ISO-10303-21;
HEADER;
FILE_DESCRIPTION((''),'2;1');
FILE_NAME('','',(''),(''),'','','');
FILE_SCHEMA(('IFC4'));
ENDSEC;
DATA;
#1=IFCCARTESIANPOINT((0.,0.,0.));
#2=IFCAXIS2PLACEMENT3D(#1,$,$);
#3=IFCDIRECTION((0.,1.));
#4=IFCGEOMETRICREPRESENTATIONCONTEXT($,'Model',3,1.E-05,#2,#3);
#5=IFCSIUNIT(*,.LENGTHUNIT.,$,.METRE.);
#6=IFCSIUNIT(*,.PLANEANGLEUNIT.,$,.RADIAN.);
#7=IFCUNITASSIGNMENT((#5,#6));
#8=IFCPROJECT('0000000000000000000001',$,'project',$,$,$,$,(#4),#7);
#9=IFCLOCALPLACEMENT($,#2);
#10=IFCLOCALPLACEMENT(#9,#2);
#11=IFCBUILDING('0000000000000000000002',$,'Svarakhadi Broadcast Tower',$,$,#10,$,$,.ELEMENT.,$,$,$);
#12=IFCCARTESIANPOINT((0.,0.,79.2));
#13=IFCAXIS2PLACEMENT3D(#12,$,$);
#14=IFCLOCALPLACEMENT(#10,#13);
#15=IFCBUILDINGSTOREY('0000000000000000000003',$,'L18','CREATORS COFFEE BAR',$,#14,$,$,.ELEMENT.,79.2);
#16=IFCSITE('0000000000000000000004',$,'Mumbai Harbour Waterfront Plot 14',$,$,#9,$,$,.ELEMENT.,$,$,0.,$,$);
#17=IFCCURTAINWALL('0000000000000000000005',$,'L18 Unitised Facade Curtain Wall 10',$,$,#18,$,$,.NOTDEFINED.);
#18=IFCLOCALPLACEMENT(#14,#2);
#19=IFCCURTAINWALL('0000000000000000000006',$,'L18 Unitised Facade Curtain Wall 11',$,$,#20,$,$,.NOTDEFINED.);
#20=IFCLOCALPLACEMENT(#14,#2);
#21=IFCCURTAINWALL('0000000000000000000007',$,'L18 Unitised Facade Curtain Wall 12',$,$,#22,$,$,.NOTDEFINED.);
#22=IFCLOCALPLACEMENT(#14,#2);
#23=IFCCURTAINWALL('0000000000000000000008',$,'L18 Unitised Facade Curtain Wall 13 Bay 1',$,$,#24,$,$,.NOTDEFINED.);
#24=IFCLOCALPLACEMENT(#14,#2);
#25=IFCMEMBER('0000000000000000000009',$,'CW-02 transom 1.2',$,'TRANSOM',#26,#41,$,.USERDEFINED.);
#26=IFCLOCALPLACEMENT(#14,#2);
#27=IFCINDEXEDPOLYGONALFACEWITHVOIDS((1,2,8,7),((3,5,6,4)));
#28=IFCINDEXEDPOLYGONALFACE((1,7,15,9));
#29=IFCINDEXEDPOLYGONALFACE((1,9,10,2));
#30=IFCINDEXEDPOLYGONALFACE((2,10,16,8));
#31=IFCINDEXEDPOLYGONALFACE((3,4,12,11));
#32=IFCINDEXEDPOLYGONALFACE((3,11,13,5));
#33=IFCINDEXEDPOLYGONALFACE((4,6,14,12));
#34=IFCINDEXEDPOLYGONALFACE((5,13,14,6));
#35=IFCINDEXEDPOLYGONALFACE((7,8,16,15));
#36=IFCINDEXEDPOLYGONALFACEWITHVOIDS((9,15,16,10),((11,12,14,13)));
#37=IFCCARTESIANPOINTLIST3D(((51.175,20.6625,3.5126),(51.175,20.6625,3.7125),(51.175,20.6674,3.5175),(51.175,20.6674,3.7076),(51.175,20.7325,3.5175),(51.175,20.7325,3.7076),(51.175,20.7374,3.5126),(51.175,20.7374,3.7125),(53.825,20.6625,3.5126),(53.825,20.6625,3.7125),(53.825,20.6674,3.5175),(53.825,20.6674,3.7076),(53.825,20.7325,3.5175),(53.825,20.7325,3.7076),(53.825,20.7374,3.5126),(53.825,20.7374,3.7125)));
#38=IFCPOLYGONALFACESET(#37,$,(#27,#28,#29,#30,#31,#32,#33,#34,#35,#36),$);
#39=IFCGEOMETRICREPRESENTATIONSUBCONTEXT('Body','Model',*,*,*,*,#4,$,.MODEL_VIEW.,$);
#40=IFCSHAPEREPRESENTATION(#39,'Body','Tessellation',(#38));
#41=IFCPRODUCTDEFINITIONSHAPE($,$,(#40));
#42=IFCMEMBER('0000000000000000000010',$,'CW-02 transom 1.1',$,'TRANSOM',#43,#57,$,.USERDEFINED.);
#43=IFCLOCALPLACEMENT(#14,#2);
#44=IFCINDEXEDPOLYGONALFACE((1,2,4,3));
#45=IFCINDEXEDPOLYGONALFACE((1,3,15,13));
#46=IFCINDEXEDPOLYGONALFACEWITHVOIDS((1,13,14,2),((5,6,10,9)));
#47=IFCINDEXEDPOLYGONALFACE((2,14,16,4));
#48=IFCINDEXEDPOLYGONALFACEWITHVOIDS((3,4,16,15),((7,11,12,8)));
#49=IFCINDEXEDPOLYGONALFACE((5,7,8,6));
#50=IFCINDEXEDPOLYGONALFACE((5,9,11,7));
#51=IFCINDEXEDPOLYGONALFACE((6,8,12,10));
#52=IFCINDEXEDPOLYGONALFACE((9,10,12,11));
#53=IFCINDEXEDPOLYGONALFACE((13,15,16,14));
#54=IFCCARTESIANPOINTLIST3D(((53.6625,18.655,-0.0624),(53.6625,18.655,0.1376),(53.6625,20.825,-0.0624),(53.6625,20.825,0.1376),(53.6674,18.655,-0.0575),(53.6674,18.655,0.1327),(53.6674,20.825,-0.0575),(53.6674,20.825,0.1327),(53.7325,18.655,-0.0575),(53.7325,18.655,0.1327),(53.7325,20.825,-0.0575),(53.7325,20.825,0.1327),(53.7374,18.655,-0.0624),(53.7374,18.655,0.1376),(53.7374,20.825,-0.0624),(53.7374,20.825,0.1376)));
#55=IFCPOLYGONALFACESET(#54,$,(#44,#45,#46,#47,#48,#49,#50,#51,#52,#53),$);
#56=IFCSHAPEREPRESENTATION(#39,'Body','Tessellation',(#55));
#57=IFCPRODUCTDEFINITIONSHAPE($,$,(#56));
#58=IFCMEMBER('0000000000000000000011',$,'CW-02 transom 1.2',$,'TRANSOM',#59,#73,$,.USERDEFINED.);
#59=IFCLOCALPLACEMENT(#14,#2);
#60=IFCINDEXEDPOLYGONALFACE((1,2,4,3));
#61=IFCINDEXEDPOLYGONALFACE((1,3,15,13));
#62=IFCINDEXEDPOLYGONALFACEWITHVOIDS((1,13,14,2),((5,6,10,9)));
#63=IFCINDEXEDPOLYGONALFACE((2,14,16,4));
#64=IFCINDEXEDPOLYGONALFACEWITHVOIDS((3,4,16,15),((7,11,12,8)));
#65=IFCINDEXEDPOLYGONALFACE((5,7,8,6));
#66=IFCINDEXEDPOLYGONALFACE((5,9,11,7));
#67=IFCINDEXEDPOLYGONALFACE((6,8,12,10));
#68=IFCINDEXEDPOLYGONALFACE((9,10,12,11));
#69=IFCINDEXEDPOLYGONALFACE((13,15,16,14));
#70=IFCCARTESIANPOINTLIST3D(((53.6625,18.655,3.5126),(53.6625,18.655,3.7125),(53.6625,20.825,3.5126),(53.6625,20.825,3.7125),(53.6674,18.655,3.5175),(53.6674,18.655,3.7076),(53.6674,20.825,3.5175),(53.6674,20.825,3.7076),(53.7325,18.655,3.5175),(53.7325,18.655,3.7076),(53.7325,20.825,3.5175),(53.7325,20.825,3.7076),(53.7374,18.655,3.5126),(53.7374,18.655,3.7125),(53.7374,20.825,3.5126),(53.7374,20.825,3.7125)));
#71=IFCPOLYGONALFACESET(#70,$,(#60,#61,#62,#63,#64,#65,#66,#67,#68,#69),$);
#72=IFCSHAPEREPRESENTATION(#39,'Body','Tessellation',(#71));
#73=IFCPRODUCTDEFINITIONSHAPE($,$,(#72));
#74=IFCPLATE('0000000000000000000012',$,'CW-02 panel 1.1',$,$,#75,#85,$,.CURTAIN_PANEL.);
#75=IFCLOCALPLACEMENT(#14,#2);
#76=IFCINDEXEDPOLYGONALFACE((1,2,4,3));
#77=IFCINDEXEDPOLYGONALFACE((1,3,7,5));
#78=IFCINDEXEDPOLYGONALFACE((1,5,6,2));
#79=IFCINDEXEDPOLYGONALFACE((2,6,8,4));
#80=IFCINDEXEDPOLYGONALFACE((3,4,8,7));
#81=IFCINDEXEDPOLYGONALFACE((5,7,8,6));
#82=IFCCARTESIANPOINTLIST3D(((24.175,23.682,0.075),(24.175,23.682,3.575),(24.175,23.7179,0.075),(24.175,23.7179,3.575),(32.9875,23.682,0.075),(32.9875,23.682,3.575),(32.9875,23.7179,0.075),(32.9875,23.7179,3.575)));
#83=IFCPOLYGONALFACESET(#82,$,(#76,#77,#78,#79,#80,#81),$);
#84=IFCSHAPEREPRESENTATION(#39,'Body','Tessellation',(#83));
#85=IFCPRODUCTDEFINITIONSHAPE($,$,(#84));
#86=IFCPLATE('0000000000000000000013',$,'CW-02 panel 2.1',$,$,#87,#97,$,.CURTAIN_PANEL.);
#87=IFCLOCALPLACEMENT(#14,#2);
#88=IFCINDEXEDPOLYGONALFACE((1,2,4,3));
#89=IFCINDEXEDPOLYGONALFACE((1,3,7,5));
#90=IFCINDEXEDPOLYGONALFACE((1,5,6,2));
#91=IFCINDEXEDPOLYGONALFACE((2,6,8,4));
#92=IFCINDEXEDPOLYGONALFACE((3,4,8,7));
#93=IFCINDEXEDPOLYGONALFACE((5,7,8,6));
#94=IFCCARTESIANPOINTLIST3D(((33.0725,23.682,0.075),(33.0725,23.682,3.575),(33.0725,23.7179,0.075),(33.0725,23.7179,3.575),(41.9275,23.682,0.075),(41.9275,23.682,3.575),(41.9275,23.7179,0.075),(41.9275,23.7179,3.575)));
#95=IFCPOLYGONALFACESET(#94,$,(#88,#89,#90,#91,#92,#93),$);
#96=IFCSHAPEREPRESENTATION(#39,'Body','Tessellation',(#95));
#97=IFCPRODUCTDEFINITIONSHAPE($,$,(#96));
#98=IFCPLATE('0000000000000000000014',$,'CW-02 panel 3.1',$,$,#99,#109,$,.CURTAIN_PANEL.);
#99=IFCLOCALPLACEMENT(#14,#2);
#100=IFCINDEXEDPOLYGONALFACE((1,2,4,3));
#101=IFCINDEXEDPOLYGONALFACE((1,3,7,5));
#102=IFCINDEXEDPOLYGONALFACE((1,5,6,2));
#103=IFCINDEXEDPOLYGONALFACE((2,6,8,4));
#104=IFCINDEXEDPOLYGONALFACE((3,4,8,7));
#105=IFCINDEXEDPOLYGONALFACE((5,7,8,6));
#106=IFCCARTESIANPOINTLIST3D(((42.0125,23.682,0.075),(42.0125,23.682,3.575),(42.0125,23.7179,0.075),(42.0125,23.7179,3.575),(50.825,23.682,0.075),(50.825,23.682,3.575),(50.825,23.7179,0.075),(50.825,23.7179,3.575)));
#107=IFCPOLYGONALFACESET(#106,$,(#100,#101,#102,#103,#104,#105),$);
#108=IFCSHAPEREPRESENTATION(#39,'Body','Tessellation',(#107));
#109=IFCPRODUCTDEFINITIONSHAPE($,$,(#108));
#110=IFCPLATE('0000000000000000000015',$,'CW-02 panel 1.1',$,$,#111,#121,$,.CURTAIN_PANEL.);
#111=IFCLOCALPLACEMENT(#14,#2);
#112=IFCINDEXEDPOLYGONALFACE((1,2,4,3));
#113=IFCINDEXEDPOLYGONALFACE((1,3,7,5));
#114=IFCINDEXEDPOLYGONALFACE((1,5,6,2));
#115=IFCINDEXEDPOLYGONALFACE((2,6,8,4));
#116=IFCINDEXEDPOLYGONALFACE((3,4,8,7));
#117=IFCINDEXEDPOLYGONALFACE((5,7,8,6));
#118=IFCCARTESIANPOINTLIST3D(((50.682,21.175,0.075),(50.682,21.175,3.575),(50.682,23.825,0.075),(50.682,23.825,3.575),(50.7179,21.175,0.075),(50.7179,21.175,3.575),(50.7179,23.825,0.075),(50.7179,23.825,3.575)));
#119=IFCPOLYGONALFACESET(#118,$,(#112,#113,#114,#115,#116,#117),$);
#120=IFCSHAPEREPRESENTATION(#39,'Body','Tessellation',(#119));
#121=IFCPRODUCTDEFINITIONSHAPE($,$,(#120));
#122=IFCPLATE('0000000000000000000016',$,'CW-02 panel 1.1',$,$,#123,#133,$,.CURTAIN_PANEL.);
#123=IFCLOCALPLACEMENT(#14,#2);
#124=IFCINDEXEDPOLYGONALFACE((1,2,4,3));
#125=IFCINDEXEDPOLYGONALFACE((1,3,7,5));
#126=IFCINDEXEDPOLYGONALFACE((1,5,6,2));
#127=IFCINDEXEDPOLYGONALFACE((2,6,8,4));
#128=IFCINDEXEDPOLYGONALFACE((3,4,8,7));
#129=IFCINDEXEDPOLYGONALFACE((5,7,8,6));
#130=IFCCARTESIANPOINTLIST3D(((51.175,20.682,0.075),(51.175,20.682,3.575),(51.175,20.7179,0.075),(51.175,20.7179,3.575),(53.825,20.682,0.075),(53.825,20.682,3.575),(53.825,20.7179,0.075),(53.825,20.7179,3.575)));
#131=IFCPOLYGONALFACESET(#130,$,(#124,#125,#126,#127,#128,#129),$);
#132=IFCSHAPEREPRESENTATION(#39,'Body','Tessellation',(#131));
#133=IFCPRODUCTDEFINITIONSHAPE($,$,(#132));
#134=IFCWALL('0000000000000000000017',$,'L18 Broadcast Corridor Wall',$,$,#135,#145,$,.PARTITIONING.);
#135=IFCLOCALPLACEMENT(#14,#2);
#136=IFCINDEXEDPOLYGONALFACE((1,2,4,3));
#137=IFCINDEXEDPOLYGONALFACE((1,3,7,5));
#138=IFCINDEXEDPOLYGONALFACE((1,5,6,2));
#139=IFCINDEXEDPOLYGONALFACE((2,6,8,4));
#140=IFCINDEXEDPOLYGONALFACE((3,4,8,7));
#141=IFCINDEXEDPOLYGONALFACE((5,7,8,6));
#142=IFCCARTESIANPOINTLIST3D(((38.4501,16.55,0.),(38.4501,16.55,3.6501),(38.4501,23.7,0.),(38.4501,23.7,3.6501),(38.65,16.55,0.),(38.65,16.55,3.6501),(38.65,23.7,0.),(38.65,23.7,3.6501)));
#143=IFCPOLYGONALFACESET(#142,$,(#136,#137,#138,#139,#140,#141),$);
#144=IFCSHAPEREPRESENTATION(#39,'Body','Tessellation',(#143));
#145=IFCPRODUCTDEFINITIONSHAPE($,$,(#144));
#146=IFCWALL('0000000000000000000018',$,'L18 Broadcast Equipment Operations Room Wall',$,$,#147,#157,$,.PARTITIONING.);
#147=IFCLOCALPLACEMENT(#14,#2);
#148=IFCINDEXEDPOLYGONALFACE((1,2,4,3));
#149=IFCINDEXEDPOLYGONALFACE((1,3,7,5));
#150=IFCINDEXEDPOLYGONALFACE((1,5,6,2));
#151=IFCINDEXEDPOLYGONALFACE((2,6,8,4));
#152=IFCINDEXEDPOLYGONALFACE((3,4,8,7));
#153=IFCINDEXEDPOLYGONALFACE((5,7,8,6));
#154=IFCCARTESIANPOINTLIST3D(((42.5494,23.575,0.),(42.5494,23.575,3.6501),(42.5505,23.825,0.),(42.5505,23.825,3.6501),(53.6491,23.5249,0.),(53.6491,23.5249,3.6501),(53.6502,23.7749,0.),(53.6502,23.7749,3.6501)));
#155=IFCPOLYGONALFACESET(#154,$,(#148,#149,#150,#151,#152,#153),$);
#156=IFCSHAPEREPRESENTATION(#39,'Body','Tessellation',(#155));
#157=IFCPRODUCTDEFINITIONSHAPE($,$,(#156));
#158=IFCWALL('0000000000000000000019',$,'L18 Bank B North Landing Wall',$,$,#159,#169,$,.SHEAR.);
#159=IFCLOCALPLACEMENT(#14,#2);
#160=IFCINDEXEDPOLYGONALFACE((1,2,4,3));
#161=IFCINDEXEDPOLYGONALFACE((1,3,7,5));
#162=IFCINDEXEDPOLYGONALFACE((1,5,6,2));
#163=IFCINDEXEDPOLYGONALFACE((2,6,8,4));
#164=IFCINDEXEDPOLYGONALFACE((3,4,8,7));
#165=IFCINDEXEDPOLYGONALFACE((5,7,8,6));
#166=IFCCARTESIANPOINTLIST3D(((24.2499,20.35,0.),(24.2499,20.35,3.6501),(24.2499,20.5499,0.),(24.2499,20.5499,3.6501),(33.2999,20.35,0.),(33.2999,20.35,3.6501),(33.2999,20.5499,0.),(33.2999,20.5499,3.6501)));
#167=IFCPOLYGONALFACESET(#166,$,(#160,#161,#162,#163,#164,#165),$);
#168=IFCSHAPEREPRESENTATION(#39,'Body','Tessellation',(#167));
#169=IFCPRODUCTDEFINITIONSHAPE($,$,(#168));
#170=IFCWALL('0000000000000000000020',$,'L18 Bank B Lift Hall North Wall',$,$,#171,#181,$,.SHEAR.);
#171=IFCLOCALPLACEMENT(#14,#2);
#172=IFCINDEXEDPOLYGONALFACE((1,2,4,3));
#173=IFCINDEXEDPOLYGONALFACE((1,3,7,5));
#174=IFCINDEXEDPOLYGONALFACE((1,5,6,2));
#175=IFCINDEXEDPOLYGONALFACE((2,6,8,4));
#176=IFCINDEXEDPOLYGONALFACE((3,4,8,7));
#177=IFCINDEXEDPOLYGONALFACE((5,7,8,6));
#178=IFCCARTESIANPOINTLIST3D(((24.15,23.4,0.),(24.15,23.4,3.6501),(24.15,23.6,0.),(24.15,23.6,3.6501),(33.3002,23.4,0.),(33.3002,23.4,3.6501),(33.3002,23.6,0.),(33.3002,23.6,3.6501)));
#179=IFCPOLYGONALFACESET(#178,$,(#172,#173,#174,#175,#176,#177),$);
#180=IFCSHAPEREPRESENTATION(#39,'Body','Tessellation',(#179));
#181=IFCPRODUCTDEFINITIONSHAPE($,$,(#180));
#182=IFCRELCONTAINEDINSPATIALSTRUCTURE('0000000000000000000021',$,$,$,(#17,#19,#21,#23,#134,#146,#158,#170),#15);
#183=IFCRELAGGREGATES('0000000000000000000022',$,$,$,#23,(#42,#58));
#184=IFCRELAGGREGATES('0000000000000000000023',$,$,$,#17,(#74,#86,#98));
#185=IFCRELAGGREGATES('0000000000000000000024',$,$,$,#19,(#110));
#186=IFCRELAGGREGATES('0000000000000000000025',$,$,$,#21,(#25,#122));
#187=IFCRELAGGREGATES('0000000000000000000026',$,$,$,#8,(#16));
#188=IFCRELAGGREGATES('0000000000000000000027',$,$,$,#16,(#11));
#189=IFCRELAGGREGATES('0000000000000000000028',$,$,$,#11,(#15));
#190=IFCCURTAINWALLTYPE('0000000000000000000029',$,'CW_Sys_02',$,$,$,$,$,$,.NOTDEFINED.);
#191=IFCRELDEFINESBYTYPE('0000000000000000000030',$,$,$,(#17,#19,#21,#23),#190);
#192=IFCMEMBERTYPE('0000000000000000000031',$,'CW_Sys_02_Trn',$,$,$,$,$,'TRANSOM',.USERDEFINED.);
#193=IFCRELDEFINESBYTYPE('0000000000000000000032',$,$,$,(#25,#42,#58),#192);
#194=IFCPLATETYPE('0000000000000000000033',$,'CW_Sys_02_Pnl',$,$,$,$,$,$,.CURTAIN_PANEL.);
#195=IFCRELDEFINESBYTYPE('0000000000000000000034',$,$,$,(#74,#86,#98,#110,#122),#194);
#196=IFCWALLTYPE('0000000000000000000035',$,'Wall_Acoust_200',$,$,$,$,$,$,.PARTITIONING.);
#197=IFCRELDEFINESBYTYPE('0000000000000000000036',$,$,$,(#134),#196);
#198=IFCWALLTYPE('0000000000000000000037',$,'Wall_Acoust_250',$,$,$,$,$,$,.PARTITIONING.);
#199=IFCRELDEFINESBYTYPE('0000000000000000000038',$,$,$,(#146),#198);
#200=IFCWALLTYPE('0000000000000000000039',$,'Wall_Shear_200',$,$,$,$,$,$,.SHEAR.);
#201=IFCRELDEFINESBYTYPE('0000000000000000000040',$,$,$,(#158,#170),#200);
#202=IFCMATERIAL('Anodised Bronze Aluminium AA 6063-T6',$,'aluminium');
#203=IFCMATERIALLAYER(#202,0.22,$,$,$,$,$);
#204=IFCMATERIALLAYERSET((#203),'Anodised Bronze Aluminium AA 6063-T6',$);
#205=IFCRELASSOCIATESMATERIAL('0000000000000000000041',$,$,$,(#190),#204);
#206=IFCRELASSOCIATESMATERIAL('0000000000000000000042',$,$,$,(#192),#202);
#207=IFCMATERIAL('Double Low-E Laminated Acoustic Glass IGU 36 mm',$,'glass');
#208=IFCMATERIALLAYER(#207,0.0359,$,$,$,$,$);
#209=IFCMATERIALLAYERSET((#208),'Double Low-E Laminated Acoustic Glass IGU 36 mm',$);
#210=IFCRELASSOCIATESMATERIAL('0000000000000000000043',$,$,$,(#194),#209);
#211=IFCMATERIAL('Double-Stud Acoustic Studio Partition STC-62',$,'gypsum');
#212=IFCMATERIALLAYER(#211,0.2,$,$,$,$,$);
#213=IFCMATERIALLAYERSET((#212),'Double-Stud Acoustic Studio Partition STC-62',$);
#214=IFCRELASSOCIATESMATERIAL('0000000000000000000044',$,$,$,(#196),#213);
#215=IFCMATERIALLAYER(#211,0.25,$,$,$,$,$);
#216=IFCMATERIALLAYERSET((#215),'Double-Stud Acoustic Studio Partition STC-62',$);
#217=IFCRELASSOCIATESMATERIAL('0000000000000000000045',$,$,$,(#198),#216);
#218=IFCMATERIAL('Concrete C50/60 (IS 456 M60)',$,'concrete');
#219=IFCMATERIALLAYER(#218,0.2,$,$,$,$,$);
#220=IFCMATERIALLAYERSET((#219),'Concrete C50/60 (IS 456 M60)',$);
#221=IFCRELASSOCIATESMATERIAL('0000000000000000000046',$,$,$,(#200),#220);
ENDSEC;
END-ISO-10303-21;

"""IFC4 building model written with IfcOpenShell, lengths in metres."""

from ifc_helpers import new_model, si_unit, direction, frame, frame_2d, origin, origin_2d, place, context, subcontext, project, spatial, rectangle, hollow_rectangle, extrude, material, layer, layer_set, material_profile, profile_set, type_object, element, aggregate, save


model = new_model("IFC4")

# Units and contexts
model_context = context("Model", 3, precision=1e-05, world=origin(), true_north=direction((0.0, 1.0)))
body_context = subcontext(model_context, "Body", "Model", "MODEL_VIEW")
ifc_project = project(units=[si_unit("LENGTHUNIT", "METRE"), si_unit("PLANEANGLEUNIT", "RADIAN")], contexts=[model_context])

# Site, building, storey
site_placement = place(None, origin())
site = spatial("IfcSite", under=ifc_project, at=site_placement, Name="Mumbai Harbour Waterfront Plot 14", CompositionType="ELEMENT", RefElevation=0.0)
building_placement = place(site_placement, origin())
building = spatial("IfcBuilding", under=site, at=building_placement, Name="Svarakhadi Broadcast Tower", CompositionType="ELEMENT")
storey_placement = place(building_placement, frame((0.0, 0.0, 79.2)))
storey = spatial("IfcBuildingStorey", under=building, at=storey_placement, Name="L18", Description="CREATORS COFFEE BAR", CompositionType="ELEMENT", Elevation=79.2)

# Shared definitions
ifc_material_1 = material(Name="Anodised Bronze Aluminium AA 6063-T6", Category="aluminium")
ifc_layer_1 = layer(ifc_material_1, 0.22)
ifc_layer_set_1 = layer_set([ifc_layer_1], Name="Anodised Bronze Aluminium AA 6063-T6")
curtain_wall_type = type_object("IfcCurtainWallType", Name="CW_Sys_02", PredefinedType="NOTDEFINED", material=ifc_layer_set_1)

# Curtain walls
curtain_wall_1_placement = place(storey_placement, origin())
curtain_wall_1 = element("IfcCurtainWall", 1, at=curtain_wall_1_placement, inside=storey, type_object=curtain_wall_type, Name="L18 Unitised Facade Curtain Wall 10", PredefinedType="NOTDEFINED")
curtain_wall_2_placement = place(storey_placement, origin())
curtain_wall_2 = element("IfcCurtainWall", 2, at=curtain_wall_2_placement, inside=storey, type_object=curtain_wall_type, Name="L18 Unitised Facade Curtain Wall 11", PredefinedType="NOTDEFINED")
curtain_wall_3_placement = place(storey_placement, origin())
curtain_wall_3 = element("IfcCurtainWall", 3, at=curtain_wall_3_placement, inside=storey, type_object=curtain_wall_type, Name="L18 Unitised Facade Curtain Wall 12", PredefinedType="NOTDEFINED")

# Curtain wall
curtain_wall_4_placement = place(storey_placement, origin())
curtain_wall_4 = element("IfcCurtainWall", 4, at=curtain_wall_4_placement, inside=storey, type_object=curtain_wall_type, Name="L18 Unitised Facade Curtain Wall 13 Bay 1", PredefinedType="NOTDEFINED")

# Members
ifc_material_profile_1 = material_profile(ifc_material_1, hollow_rectangle(XDim=0.075, YDim=0.2, WallThickness=0.0049, at=origin_2d()), Name="ALU TRANSOM 200x75x5")
ifc_profile_set_1 = profile_set([ifc_material_profile_1], Name="Anodised Bronze Aluminium AA 6063-T6")
member_type_1 = type_object("IfcMemberType", Name="CW_Sys_02_Trn", ElementType="TRANSOM", PredefinedType="USERDEFINED", material=ifc_profile_set_1)
member_1_placement = place(storey_placement, frame((51.175, 20.7, 3.6125), z_axis=(1.0, 0.0, 0.0), x_axis=(0.0, 1.0, 0.0)))
member_1 = element("IfcMember", 5, at=member_1_placement, type_object=member_type_1, Name="CW-02 transom 1.2", ObjectType="TRANSOM", PredefinedType="USERDEFINED", context=body_context, shape_type="SweptSolid", body=[
    extrude(hollow_rectangle(XDim=0.075, YDim=0.2, WallThickness=0.0049, at=origin_2d()), origin(), (0.0, 0.0, 1.0), 2.6499),
])
member_2_placement = place(storey_placement, frame((53.7, 20.825, 0.0376), z_axis=(0.0, -1.0, 0.0), x_axis=(1.0, 0.0, 0.0)))
member_2 = element("IfcMember", 6, at=member_2_placement, type_object=member_type_1, Name="CW-02 transom 1.1", ObjectType="TRANSOM", PredefinedType="USERDEFINED", context=body_context, shape_type="SweptSolid", body=[
    extrude(hollow_rectangle(XDim=0.075, YDim=0.2, WallThickness=0.0049, at=origin_2d()), origin(), (0.0, 0.0, 1.0), 2.1699),
])
member_3_placement = place(storey_placement, frame((53.7, 20.825, 3.6125), z_axis=(0.0, -1.0, 0.0), x_axis=(1.0, 0.0, 0.0)))
member_3 = element("IfcMember", 7, at=member_3_placement, type_object=member_type_1, Name="CW-02 transom 1.2", ObjectType="TRANSOM", PredefinedType="USERDEFINED", context=body_context, shape_type="SweptSolid", body=[
    extrude(hollow_rectangle(XDim=0.075, YDim=0.2, WallThickness=0.0049, at=origin_2d()), origin(), (0.0, 0.0, 1.0), 2.1699),
])
aggregate(curtain_wall_4, [member_2, member_3])

# Plates
ifc_material_2 = material(Name="Double Low-E Laminated Acoustic Glass IGU 36 mm", Category="glass")
ifc_layer_2 = layer(ifc_material_2, 0.0359)
ifc_layer_set_2 = layer_set([ifc_layer_2], Name="Double Low-E Laminated Acoustic Glass IGU 36 mm")
plate_type = type_object("IfcPlateType", Name="CW_Sys_02_Pnl", PredefinedType="CURTAIN_PANEL", material=ifc_layer_set_2)
plate_1_placement = place(storey_placement, frame((28.5813, 23.7, 0.075), z_axis=(0.0, 0.0, 1.0), x_axis=(1.0, 0.0, 0.0)))
plate_1 = element("IfcPlate", 8, at=plate_1_placement, type_object=plate_type, Name="CW-02 panel 1.1", PredefinedType="CURTAIN_PANEL", context=body_context, shape_type="SweptSolid", body=[
    extrude(rectangle(XDim=8.8125, YDim=0.0359, at=origin_2d()), origin(), (0.0, 0.0, 1.0), 3.5),
])
plate_2_placement = place(storey_placement, frame((37.5, 23.7, 0.075), z_axis=(0.0, 0.0, 1.0), x_axis=(1.0, 0.0, 0.0)))
plate_2 = element("IfcPlate", 9, at=plate_2_placement, type_object=plate_type, Name="CW-02 panel 2.1", PredefinedType="CURTAIN_PANEL", context=body_context, shape_type="SweptSolid", body=[
    extrude(rectangle(XDim=8.855, YDim=0.0359, at=origin_2d()), origin(), (0.0, 0.0, 1.0), 3.5),
])
plate_3_placement = place(storey_placement, frame((46.4187, 23.7, 0.075), z_axis=(0.0, 0.0, 1.0), x_axis=(1.0, 0.0, 0.0)))
plate_3 = element("IfcPlate", 10, at=plate_3_placement, type_object=plate_type, Name="CW-02 panel 3.1", PredefinedType="CURTAIN_PANEL", context=body_context, shape_type="SweptSolid", body=[
    extrude(rectangle(XDim=8.8125, YDim=0.0359, at=origin_2d()), origin(), (0.0, 0.0, 1.0), 3.5),
])
aggregate(curtain_wall_1, [plate_1, plate_2, plate_3])
plate_4_placement = place(storey_placement, frame((50.7, 22.5, 0.075), z_axis=(0.0, 0.0, 1.0), x_axis=(0.0, -1.0, 0.0)))
plate_4 = element("IfcPlate", 11, at=plate_4_placement, type_object=plate_type, Name="CW-02 panel 1.1", PredefinedType="CURTAIN_PANEL", context=body_context, shape_type="SweptSolid", body=[
    extrude(rectangle(XDim=2.6499, YDim=0.0359, at=origin_2d()), origin(), (0.0, 0.0, 1.0), 3.5),
])
aggregate(curtain_wall_2, [plate_4])
plate_5_placement = place(storey_placement, frame((52.5, 20.7, 0.075), z_axis=(0.0, 0.0, 1.0), x_axis=(1.0, 0.0, 0.0)))
plate_5 = element("IfcPlate", 12, at=plate_5_placement, type_object=plate_type, Name="CW-02 panel 1.1", PredefinedType="CURTAIN_PANEL", context=body_context, shape_type="SweptSolid", body=[
    extrude(rectangle(XDim=2.6499, YDim=0.0359, at=origin_2d()), origin(), (0.0, 0.0, 1.0), 3.5),
])
aggregate(curtain_wall_3, [member_1, plate_5])

# Walls
ifc_material_3 = material(Name="Double-Stud Acoustic Studio Partition STC-62", Category="gypsum")
ifc_layer_3 = layer(ifc_material_3, 0.2)
ifc_layer_set_3 = layer_set([ifc_layer_3], Name="Double-Stud Acoustic Studio Partition STC-62")
wall_type_1 = type_object("IfcWallType", Name="Wall_Acoust_200", PredefinedType="PARTITIONING", material=ifc_layer_set_3)
wall_1_placement = place(storey_placement, frame((38.55, 23.7, 0.0), z_axis=(0.0, 0.0, 1.0), x_axis=(0.0, -1.0, 0.0)))
element("IfcWall", 13, at=wall_1_placement, inside=storey, type_object=wall_type_1, Name="L18 Broadcast Corridor Wall", PredefinedType="PARTITIONING", context=body_context, shape_type="SweptSolid", body=[
    extrude(rectangle(XDim=7.1499, YDim=0.2, at=frame_2d((3.575, 0.0))), origin(), (0.0, 0.0, 1.0), 3.6501),
])
ifc_layer_4 = layer(ifc_material_3, 0.25)
ifc_layer_set_4 = layer_set([ifc_layer_4], Name="Double-Stud Acoustic Studio Partition STC-62")
wall_type_2 = type_object("IfcWallType", Name="Wall_Acoust_250", PredefinedType="PARTITIONING", material=ifc_layer_set_4)
wall_2_placement = place(storey_placement, frame((42.55, 23.7, 0.0), z_axis=(0.0, 0.0, 1.0), x_axis=(0.99999, -0.004509, 0.0)))
element("IfcWall", 14, at=wall_2_placement, inside=storey, type_object=wall_type_2, Name="L18 Broadcast Equipment Operations Room Wall", PredefinedType="PARTITIONING", context=body_context, shape_type="SweptSolid", body=[
    extrude(rectangle(XDim=11.0999, YDim=0.25, at=frame_2d((5.5498, 0.0))), origin(), (0.0, 0.0, 1.0), 3.6501),
])
ifc_material_4 = material(Name="Concrete C50/60 (IS 456 M60)", Category="concrete")
ifc_layer_5 = layer(ifc_material_4, 0.2)
ifc_layer_set_5 = layer_set([ifc_layer_5], Name="Concrete C50/60 (IS 456 M60)")
wall_type_3 = type_object("IfcWallType", Name="Wall_Shear_200", PredefinedType="SHEAR", material=ifc_layer_set_5)
wall_3_placement = place(storey_placement, frame((24.25, 20.45, 0.0), z_axis=(0.0, 0.0, 1.0), x_axis=(1.0, 0.0, 0.0)))
element("IfcWall", 15, at=wall_3_placement, inside=storey, type_object=wall_type_3, Name="L18 Bank B North Landing Wall", PredefinedType="SHEAR", context=body_context, shape_type="SweptSolid", body=[
    extrude(rectangle(XDim=9.05, YDim=0.2, at=frame_2d((4.5249, 0.0))), origin(), (0.0, 0.0, 1.0), 3.6501),
])
wall_4_placement = place(storey_placement, frame((24.1499, 23.5, 0.0), z_axis=(0.0, 0.0, 1.0), x_axis=(1.0, 0.0, 0.0)))
element("IfcWall", 16, at=wall_4_placement, inside=storey, type_object=wall_type_3, Name="L18 Bank B Lift Hall North Wall", PredefinedType="SHEAR", context=body_context, shape_type="SweptSolid", body=[
    extrude(rectangle(XDim=9.1501, YDim=0.2, at=frame_2d((4.5752, 0.0))), origin(), (0.0, 0.0, 1.0), 3.6501),
])

save(model, "model.ifc")
